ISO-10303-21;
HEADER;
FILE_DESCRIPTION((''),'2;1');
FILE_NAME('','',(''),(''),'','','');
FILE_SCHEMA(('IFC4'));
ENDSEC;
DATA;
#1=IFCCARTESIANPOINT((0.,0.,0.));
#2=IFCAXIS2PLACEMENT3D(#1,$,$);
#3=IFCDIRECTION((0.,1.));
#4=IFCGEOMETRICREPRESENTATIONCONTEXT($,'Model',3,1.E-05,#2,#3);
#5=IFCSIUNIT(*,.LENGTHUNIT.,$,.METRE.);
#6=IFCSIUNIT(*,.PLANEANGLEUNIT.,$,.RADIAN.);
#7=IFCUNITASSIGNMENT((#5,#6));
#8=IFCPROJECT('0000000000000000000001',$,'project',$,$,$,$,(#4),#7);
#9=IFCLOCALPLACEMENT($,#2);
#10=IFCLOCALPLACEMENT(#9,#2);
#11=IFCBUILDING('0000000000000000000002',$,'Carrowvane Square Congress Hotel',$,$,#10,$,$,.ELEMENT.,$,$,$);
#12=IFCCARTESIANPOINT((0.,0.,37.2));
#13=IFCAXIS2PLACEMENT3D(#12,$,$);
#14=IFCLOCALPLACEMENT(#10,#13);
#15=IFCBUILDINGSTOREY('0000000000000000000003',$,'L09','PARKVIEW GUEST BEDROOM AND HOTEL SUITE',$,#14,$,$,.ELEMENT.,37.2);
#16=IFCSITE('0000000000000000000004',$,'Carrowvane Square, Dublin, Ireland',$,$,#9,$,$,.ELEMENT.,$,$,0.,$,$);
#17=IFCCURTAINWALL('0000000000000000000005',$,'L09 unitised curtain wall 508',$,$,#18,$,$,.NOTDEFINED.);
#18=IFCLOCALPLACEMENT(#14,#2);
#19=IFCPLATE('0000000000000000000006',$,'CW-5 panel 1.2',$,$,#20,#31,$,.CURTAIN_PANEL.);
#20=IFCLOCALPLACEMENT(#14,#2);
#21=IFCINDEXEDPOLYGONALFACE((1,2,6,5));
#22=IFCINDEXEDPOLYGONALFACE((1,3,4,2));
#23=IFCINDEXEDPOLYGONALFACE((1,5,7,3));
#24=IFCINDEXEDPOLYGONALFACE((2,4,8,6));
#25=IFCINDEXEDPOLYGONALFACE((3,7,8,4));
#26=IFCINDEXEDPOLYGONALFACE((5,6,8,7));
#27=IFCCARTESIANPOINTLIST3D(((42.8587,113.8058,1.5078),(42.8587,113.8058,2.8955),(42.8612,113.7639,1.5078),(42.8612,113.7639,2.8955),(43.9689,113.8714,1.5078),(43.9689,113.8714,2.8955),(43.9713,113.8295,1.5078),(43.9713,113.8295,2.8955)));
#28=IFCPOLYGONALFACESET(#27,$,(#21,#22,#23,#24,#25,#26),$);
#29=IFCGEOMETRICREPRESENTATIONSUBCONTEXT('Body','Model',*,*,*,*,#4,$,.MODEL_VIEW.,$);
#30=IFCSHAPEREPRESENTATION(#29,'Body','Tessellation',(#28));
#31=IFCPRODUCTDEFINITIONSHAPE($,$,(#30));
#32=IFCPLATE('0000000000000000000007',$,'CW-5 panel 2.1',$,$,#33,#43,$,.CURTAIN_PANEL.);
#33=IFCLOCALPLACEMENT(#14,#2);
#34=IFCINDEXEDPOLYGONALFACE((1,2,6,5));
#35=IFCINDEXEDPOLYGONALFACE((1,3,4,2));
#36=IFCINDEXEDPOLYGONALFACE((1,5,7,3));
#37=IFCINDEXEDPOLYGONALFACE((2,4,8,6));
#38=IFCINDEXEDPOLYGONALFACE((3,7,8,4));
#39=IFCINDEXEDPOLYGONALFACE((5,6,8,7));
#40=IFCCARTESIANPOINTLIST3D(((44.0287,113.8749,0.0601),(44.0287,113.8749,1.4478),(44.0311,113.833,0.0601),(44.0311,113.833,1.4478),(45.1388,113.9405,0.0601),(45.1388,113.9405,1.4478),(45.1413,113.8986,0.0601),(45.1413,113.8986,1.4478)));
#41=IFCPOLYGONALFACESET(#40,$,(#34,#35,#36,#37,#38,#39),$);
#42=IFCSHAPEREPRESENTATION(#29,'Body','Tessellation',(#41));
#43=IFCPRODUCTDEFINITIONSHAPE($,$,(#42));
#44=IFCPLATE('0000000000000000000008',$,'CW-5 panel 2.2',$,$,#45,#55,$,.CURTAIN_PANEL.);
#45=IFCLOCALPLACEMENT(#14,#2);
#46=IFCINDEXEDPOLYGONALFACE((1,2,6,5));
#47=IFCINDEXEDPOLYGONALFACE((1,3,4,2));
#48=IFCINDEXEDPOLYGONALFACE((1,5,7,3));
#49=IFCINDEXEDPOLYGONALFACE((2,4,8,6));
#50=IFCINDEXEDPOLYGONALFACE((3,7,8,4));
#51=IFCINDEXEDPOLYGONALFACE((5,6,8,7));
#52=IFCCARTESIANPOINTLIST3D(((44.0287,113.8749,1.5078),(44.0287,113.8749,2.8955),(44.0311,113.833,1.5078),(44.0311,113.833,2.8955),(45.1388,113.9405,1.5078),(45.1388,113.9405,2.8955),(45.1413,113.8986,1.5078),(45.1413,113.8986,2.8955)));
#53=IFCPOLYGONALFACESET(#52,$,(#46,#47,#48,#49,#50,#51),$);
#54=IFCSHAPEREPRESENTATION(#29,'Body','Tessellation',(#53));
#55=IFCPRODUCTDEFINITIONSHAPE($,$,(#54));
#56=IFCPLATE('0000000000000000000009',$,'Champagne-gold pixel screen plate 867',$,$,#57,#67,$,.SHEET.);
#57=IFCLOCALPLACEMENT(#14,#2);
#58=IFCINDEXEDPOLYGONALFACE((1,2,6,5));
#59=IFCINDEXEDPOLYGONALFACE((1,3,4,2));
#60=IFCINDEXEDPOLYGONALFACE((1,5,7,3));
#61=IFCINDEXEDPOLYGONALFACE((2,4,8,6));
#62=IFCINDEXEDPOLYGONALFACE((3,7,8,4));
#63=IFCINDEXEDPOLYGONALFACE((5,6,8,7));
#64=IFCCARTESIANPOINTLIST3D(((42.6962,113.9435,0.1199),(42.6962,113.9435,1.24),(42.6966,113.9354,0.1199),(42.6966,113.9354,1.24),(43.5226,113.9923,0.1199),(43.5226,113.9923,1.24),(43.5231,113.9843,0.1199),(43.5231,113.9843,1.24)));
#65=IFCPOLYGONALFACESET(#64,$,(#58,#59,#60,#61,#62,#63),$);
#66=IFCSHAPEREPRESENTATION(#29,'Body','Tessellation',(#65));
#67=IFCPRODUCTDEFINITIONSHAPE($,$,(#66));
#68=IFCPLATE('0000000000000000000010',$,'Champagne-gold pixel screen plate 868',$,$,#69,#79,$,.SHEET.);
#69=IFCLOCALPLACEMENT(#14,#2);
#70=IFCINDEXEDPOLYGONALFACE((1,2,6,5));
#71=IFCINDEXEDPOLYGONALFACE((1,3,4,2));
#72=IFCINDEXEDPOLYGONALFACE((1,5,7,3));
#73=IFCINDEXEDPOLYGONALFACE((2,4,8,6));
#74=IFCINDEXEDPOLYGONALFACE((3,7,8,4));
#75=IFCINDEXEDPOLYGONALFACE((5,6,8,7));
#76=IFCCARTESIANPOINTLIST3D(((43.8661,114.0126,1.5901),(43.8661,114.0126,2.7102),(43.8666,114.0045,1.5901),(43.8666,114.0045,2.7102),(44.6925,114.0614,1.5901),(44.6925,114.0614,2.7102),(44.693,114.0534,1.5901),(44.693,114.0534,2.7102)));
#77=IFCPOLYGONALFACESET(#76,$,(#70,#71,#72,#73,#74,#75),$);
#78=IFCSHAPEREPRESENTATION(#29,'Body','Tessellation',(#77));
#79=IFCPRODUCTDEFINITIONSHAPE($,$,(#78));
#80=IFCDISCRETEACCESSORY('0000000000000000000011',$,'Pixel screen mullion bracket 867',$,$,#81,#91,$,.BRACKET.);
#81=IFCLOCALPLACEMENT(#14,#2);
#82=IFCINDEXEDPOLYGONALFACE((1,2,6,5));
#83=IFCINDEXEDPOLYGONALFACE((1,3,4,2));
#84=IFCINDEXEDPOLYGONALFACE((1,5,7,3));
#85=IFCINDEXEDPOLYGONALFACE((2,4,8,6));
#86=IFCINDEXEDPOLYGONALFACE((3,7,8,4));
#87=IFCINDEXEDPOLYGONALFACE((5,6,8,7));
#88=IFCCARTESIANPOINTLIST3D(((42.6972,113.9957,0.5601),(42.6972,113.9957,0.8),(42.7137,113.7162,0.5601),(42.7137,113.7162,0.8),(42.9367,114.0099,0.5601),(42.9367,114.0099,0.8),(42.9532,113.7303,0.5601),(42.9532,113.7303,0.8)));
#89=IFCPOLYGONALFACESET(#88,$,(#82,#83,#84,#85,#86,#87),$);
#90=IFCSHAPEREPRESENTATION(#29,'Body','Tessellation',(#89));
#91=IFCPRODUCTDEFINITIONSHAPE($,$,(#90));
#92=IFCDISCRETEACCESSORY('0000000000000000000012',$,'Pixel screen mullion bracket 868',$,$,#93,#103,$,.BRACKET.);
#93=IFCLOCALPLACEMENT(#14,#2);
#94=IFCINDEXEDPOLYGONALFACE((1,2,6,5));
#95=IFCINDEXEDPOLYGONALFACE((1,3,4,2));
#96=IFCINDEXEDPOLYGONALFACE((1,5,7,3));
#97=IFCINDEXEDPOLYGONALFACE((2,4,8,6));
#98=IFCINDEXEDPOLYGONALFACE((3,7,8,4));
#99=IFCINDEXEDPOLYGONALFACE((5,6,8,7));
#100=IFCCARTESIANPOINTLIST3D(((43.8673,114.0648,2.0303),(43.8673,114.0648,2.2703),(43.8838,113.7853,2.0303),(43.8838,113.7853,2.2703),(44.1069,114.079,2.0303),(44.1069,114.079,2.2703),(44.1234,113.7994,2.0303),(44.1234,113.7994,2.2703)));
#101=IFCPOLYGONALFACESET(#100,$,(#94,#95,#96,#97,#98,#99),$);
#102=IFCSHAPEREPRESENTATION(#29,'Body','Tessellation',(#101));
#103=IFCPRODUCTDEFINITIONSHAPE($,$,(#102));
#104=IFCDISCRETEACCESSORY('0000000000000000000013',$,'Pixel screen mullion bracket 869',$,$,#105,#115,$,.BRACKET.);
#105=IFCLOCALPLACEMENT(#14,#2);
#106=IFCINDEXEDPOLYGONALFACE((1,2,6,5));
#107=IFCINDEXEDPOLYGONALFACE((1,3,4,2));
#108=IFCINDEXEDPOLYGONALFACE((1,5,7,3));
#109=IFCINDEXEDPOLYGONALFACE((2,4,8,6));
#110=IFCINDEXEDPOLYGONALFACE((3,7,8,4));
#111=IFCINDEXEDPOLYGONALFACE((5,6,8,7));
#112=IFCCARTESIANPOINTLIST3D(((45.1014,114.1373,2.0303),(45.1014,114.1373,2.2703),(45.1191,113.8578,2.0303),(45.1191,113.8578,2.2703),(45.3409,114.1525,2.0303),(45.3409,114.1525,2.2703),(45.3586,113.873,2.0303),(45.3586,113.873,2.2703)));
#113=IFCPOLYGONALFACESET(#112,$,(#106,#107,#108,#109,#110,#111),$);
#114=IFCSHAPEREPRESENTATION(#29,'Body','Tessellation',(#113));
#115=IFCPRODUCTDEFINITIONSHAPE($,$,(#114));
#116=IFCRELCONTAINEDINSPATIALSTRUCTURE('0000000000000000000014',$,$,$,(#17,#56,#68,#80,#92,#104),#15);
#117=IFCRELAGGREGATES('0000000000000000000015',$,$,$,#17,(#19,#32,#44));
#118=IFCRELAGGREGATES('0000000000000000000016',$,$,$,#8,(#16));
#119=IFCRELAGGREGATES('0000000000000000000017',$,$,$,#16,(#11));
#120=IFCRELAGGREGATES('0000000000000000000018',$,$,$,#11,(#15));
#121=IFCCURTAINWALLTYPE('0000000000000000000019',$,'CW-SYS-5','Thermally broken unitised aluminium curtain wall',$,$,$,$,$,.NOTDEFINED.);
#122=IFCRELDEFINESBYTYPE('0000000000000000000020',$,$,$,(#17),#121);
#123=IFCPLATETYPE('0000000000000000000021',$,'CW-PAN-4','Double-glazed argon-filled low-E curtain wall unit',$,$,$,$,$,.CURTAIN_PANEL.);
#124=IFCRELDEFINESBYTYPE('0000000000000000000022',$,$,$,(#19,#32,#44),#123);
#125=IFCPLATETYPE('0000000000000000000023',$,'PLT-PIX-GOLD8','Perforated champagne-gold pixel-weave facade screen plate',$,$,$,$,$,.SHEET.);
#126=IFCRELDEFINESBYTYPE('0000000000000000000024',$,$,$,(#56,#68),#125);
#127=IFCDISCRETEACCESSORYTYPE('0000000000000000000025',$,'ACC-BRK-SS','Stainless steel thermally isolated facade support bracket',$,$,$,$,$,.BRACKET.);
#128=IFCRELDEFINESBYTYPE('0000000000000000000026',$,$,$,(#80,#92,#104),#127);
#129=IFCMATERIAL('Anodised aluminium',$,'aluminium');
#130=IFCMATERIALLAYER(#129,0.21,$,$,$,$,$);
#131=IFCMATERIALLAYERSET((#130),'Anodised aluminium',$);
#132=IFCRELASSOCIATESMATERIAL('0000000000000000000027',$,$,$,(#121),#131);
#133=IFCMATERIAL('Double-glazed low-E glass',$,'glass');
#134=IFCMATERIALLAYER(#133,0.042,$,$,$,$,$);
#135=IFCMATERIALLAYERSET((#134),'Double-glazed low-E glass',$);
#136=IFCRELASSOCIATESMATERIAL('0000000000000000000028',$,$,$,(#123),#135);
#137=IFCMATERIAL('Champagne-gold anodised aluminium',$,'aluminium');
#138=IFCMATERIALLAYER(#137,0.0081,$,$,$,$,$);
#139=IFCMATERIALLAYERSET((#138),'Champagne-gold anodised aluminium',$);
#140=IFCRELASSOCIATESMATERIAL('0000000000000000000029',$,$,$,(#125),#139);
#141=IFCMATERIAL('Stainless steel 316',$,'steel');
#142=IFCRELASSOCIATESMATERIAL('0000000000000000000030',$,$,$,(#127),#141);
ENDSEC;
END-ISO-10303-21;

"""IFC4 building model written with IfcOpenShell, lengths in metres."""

from ifc_helpers import new_model, si_unit, direction, frame, origin, origin_2d, place, context, subcontext, project, spatial, rectangle, extrude, material, layer, layer_set, type_object, element, aggregate, save


model = new_model("IFC4")

# Units and contexts
model_context = context("Model", 3, precision=1e-05, world=origin(), true_north=direction((0.0, 1.0)))
body_context = subcontext(model_context, "Body", "Model", "MODEL_VIEW")
ifc_project = project(units=[si_unit("LENGTHUNIT", "METRE"), si_unit("PLANEANGLEUNIT", "RADIAN")], contexts=[model_context])

# Site, building, storey
site_placement = place(None, origin())
site = spatial("IfcSite", under=ifc_project, at=site_placement, Name="Carrowvane Square, Dublin, Ireland", CompositionType="ELEMENT", RefElevation=0.0)
building_placement = place(site_placement, origin())
building = spatial("IfcBuilding", under=site, at=building_placement, Name="Carrowvane Square Congress Hotel", CompositionType="ELEMENT")
storey_placement = place(building_placement, frame((0.0, 0.0, 37.2)))
storey = spatial("IfcBuildingStorey", under=building, at=storey_placement, Name="L09", Description="PARKVIEW GUEST BEDROOM AND HOTEL SUITE", CompositionType="ELEMENT", Elevation=37.2)

# Curtain wall
ifc_material_1 = material(Name="Anodised aluminium", Category="aluminium")
ifc_layer_1 = layer(ifc_material_1, 0.21)
ifc_layer_set_1 = layer_set([ifc_layer_1], Name="Anodised aluminium")
curtain_wall_type_1 = type_object("IfcCurtainWallType", Name="CW-SYS-5", Description="Thermally broken unitised aluminium curtain wall", PredefinedType="NOTDEFINED", material=ifc_layer_set_1)
curtain_wall_1_placement = place(storey_placement, origin())
curtain_wall_1 = element("IfcCurtainWall", 1, at=curtain_wall_1_placement, inside=storey, type_object=curtain_wall_type_1, Name="L09 unitised curtain wall 508", PredefinedType="NOTDEFINED")

# Plates
ifc_material_2 = material(Name="Double-glazed low-E glass", Category="glass")
ifc_layer_2 = layer(ifc_material_2, 0.042)
ifc_layer_set_2 = layer_set([ifc_layer_2], Name="Double-glazed low-E glass")
plate_type_1 = type_object("IfcPlateType", Name="CW-PAN-4", Description="Double-glazed argon-filled low-E curtain wall unit", PredefinedType="CURTAIN_PANEL", material=ifc_layer_set_2)
plate_1_placement = place(storey_placement, frame((43.415, 113.8176, 1.5078), z_axis=(0.0, 0.0, 1.0), x_axis=(0.998259, 0.058989, 0.0)))
plate_1 = element("IfcPlate", 2, at=plate_1_placement, type_object=plate_type_1, Name="CW-5 panel 1.2", PredefinedType="CURTAIN_PANEL", context=body_context, shape_type="SweptSolid", body=[
    extrude(rectangle(XDim=1.1121, YDim=0.042, at=origin_2d()), origin(), (0.0, 0.0, 1.0), 1.3877),
])
plate_2_placement = place(storey_placement, frame((44.585, 113.8867, 0.0601), z_axis=(0.0, 0.0, 1.0), x_axis=(0.998259, 0.058989, 0.0)))
plate_2 = element("IfcPlate", 3, at=plate_2_placement, type_object=plate_type_1, Name="CW-5 panel 2.1", PredefinedType="CURTAIN_PANEL", context=body_context, shape_type="SweptSolid", body=[
    extrude(rectangle(XDim=1.1121, YDim=0.042, at=origin_2d()), origin(), (0.0, 0.0, 1.0), 1.3877),
])
plate_3_placement = place(storey_placement, frame((44.585, 113.8867, 1.5078), z_axis=(0.0, 0.0, 1.0), x_axis=(0.998259, 0.058989, 0.0)))
plate_3 = element("IfcPlate", 4, at=plate_3_placement, type_object=plate_type_1, Name="CW-5 panel 2.2", PredefinedType="CURTAIN_PANEL", context=body_context, shape_type="SweptSolid", body=[
    extrude(rectangle(XDim=1.1121, YDim=0.042, at=origin_2d()), origin(), (0.0, 0.0, 1.0), 1.3877),
])
aggregate(curtain_wall_1, [plate_1, plate_2, plate_3])

# Plates
ifc_material_3 = material(Name="Champagne-gold anodised aluminium", Category="aluminium")
ifc_layer_3 = layer(ifc_material_3, 0.0081)
ifc_layer_set_3 = layer_set([ifc_layer_3], Name="Champagne-gold anodised aluminium")
plate_type_2 = type_object("IfcPlateType", Name="PLT-PIX-GOLD8", Description="Perforated champagne-gold pixel-weave facade screen plate", PredefinedType="SHEET", material=ifc_layer_set_3)
for number, where, z_axis, x_axis, name in (
    (5, (43.1096, 113.9639, 0.1199), (0.0, 0.0, 1.0), (0.998259, 0.058985, 0.0), "Champagne-gold pixel screen plate 867"),
    (6, (44.2795, 114.033, 1.5901), (0.0, 0.0, 1.0), (0.998259, 0.058985, 0.0), "Champagne-gold pixel screen plate 868"),
):
    element("IfcPlate", number, at=place(storey_placement, frame(where, z_axis=z_axis, x_axis=x_axis)), inside=storey, type_object=plate_type_2, Name=name, PredefinedType="SHEET", context=body_context, shape_type="SweptSolid", body=[
        extrude(rectangle(XDim=0.8279, YDim=0.0081, at=origin_2d()), origin(), (0.0, 0.0, 1.0), 1.1201),
    ])

# Discrete accessories
ifc_material_4 = material(Name="Stainless steel 316", Category="steel")
discrete_accessory_type = type_object("IfcDiscreteAccessoryType", Name="ACC-BRK-SS", Description="Stainless steel thermally isolated facade support bracket", PredefinedType="BRACKET", material=ifc_material_4)
for number, where, z_axis, x_axis, name in (
    (7, (42.8252, 113.863, 0.5601), (0.0, 0.0, 1.0), (0.998259, 0.058985, 0.0), "Pixel screen mullion bracket 867"),
    (8, (43.9954, 113.9321, 2.0303), (0.0, 0.0, 1.0), (0.998259, 0.058985, 0.0), "Pixel screen mullion bracket 868"),
    (9, (45.23, 114.0051, 2.0303), (0.0, 0.0, 1.0), (0.997996, 0.063277, 0.0), "Pixel screen mullion bracket 869"),
):
    element("IfcDiscreteAccessory", number, at=place(storey_placement, frame(where, z_axis=z_axis, x_axis=x_axis)), inside=storey, type_object=discrete_accessory_type, Name=name, PredefinedType="BRACKET", context=body_context, shape_type="SweptSolid", body=[
        extrude(rectangle(XDim=0.24, YDim=0.28, at=origin_2d()), origin(), (0.0, 0.0, 1.0), 0.24),
    ])

save(model, "model.ifc")
